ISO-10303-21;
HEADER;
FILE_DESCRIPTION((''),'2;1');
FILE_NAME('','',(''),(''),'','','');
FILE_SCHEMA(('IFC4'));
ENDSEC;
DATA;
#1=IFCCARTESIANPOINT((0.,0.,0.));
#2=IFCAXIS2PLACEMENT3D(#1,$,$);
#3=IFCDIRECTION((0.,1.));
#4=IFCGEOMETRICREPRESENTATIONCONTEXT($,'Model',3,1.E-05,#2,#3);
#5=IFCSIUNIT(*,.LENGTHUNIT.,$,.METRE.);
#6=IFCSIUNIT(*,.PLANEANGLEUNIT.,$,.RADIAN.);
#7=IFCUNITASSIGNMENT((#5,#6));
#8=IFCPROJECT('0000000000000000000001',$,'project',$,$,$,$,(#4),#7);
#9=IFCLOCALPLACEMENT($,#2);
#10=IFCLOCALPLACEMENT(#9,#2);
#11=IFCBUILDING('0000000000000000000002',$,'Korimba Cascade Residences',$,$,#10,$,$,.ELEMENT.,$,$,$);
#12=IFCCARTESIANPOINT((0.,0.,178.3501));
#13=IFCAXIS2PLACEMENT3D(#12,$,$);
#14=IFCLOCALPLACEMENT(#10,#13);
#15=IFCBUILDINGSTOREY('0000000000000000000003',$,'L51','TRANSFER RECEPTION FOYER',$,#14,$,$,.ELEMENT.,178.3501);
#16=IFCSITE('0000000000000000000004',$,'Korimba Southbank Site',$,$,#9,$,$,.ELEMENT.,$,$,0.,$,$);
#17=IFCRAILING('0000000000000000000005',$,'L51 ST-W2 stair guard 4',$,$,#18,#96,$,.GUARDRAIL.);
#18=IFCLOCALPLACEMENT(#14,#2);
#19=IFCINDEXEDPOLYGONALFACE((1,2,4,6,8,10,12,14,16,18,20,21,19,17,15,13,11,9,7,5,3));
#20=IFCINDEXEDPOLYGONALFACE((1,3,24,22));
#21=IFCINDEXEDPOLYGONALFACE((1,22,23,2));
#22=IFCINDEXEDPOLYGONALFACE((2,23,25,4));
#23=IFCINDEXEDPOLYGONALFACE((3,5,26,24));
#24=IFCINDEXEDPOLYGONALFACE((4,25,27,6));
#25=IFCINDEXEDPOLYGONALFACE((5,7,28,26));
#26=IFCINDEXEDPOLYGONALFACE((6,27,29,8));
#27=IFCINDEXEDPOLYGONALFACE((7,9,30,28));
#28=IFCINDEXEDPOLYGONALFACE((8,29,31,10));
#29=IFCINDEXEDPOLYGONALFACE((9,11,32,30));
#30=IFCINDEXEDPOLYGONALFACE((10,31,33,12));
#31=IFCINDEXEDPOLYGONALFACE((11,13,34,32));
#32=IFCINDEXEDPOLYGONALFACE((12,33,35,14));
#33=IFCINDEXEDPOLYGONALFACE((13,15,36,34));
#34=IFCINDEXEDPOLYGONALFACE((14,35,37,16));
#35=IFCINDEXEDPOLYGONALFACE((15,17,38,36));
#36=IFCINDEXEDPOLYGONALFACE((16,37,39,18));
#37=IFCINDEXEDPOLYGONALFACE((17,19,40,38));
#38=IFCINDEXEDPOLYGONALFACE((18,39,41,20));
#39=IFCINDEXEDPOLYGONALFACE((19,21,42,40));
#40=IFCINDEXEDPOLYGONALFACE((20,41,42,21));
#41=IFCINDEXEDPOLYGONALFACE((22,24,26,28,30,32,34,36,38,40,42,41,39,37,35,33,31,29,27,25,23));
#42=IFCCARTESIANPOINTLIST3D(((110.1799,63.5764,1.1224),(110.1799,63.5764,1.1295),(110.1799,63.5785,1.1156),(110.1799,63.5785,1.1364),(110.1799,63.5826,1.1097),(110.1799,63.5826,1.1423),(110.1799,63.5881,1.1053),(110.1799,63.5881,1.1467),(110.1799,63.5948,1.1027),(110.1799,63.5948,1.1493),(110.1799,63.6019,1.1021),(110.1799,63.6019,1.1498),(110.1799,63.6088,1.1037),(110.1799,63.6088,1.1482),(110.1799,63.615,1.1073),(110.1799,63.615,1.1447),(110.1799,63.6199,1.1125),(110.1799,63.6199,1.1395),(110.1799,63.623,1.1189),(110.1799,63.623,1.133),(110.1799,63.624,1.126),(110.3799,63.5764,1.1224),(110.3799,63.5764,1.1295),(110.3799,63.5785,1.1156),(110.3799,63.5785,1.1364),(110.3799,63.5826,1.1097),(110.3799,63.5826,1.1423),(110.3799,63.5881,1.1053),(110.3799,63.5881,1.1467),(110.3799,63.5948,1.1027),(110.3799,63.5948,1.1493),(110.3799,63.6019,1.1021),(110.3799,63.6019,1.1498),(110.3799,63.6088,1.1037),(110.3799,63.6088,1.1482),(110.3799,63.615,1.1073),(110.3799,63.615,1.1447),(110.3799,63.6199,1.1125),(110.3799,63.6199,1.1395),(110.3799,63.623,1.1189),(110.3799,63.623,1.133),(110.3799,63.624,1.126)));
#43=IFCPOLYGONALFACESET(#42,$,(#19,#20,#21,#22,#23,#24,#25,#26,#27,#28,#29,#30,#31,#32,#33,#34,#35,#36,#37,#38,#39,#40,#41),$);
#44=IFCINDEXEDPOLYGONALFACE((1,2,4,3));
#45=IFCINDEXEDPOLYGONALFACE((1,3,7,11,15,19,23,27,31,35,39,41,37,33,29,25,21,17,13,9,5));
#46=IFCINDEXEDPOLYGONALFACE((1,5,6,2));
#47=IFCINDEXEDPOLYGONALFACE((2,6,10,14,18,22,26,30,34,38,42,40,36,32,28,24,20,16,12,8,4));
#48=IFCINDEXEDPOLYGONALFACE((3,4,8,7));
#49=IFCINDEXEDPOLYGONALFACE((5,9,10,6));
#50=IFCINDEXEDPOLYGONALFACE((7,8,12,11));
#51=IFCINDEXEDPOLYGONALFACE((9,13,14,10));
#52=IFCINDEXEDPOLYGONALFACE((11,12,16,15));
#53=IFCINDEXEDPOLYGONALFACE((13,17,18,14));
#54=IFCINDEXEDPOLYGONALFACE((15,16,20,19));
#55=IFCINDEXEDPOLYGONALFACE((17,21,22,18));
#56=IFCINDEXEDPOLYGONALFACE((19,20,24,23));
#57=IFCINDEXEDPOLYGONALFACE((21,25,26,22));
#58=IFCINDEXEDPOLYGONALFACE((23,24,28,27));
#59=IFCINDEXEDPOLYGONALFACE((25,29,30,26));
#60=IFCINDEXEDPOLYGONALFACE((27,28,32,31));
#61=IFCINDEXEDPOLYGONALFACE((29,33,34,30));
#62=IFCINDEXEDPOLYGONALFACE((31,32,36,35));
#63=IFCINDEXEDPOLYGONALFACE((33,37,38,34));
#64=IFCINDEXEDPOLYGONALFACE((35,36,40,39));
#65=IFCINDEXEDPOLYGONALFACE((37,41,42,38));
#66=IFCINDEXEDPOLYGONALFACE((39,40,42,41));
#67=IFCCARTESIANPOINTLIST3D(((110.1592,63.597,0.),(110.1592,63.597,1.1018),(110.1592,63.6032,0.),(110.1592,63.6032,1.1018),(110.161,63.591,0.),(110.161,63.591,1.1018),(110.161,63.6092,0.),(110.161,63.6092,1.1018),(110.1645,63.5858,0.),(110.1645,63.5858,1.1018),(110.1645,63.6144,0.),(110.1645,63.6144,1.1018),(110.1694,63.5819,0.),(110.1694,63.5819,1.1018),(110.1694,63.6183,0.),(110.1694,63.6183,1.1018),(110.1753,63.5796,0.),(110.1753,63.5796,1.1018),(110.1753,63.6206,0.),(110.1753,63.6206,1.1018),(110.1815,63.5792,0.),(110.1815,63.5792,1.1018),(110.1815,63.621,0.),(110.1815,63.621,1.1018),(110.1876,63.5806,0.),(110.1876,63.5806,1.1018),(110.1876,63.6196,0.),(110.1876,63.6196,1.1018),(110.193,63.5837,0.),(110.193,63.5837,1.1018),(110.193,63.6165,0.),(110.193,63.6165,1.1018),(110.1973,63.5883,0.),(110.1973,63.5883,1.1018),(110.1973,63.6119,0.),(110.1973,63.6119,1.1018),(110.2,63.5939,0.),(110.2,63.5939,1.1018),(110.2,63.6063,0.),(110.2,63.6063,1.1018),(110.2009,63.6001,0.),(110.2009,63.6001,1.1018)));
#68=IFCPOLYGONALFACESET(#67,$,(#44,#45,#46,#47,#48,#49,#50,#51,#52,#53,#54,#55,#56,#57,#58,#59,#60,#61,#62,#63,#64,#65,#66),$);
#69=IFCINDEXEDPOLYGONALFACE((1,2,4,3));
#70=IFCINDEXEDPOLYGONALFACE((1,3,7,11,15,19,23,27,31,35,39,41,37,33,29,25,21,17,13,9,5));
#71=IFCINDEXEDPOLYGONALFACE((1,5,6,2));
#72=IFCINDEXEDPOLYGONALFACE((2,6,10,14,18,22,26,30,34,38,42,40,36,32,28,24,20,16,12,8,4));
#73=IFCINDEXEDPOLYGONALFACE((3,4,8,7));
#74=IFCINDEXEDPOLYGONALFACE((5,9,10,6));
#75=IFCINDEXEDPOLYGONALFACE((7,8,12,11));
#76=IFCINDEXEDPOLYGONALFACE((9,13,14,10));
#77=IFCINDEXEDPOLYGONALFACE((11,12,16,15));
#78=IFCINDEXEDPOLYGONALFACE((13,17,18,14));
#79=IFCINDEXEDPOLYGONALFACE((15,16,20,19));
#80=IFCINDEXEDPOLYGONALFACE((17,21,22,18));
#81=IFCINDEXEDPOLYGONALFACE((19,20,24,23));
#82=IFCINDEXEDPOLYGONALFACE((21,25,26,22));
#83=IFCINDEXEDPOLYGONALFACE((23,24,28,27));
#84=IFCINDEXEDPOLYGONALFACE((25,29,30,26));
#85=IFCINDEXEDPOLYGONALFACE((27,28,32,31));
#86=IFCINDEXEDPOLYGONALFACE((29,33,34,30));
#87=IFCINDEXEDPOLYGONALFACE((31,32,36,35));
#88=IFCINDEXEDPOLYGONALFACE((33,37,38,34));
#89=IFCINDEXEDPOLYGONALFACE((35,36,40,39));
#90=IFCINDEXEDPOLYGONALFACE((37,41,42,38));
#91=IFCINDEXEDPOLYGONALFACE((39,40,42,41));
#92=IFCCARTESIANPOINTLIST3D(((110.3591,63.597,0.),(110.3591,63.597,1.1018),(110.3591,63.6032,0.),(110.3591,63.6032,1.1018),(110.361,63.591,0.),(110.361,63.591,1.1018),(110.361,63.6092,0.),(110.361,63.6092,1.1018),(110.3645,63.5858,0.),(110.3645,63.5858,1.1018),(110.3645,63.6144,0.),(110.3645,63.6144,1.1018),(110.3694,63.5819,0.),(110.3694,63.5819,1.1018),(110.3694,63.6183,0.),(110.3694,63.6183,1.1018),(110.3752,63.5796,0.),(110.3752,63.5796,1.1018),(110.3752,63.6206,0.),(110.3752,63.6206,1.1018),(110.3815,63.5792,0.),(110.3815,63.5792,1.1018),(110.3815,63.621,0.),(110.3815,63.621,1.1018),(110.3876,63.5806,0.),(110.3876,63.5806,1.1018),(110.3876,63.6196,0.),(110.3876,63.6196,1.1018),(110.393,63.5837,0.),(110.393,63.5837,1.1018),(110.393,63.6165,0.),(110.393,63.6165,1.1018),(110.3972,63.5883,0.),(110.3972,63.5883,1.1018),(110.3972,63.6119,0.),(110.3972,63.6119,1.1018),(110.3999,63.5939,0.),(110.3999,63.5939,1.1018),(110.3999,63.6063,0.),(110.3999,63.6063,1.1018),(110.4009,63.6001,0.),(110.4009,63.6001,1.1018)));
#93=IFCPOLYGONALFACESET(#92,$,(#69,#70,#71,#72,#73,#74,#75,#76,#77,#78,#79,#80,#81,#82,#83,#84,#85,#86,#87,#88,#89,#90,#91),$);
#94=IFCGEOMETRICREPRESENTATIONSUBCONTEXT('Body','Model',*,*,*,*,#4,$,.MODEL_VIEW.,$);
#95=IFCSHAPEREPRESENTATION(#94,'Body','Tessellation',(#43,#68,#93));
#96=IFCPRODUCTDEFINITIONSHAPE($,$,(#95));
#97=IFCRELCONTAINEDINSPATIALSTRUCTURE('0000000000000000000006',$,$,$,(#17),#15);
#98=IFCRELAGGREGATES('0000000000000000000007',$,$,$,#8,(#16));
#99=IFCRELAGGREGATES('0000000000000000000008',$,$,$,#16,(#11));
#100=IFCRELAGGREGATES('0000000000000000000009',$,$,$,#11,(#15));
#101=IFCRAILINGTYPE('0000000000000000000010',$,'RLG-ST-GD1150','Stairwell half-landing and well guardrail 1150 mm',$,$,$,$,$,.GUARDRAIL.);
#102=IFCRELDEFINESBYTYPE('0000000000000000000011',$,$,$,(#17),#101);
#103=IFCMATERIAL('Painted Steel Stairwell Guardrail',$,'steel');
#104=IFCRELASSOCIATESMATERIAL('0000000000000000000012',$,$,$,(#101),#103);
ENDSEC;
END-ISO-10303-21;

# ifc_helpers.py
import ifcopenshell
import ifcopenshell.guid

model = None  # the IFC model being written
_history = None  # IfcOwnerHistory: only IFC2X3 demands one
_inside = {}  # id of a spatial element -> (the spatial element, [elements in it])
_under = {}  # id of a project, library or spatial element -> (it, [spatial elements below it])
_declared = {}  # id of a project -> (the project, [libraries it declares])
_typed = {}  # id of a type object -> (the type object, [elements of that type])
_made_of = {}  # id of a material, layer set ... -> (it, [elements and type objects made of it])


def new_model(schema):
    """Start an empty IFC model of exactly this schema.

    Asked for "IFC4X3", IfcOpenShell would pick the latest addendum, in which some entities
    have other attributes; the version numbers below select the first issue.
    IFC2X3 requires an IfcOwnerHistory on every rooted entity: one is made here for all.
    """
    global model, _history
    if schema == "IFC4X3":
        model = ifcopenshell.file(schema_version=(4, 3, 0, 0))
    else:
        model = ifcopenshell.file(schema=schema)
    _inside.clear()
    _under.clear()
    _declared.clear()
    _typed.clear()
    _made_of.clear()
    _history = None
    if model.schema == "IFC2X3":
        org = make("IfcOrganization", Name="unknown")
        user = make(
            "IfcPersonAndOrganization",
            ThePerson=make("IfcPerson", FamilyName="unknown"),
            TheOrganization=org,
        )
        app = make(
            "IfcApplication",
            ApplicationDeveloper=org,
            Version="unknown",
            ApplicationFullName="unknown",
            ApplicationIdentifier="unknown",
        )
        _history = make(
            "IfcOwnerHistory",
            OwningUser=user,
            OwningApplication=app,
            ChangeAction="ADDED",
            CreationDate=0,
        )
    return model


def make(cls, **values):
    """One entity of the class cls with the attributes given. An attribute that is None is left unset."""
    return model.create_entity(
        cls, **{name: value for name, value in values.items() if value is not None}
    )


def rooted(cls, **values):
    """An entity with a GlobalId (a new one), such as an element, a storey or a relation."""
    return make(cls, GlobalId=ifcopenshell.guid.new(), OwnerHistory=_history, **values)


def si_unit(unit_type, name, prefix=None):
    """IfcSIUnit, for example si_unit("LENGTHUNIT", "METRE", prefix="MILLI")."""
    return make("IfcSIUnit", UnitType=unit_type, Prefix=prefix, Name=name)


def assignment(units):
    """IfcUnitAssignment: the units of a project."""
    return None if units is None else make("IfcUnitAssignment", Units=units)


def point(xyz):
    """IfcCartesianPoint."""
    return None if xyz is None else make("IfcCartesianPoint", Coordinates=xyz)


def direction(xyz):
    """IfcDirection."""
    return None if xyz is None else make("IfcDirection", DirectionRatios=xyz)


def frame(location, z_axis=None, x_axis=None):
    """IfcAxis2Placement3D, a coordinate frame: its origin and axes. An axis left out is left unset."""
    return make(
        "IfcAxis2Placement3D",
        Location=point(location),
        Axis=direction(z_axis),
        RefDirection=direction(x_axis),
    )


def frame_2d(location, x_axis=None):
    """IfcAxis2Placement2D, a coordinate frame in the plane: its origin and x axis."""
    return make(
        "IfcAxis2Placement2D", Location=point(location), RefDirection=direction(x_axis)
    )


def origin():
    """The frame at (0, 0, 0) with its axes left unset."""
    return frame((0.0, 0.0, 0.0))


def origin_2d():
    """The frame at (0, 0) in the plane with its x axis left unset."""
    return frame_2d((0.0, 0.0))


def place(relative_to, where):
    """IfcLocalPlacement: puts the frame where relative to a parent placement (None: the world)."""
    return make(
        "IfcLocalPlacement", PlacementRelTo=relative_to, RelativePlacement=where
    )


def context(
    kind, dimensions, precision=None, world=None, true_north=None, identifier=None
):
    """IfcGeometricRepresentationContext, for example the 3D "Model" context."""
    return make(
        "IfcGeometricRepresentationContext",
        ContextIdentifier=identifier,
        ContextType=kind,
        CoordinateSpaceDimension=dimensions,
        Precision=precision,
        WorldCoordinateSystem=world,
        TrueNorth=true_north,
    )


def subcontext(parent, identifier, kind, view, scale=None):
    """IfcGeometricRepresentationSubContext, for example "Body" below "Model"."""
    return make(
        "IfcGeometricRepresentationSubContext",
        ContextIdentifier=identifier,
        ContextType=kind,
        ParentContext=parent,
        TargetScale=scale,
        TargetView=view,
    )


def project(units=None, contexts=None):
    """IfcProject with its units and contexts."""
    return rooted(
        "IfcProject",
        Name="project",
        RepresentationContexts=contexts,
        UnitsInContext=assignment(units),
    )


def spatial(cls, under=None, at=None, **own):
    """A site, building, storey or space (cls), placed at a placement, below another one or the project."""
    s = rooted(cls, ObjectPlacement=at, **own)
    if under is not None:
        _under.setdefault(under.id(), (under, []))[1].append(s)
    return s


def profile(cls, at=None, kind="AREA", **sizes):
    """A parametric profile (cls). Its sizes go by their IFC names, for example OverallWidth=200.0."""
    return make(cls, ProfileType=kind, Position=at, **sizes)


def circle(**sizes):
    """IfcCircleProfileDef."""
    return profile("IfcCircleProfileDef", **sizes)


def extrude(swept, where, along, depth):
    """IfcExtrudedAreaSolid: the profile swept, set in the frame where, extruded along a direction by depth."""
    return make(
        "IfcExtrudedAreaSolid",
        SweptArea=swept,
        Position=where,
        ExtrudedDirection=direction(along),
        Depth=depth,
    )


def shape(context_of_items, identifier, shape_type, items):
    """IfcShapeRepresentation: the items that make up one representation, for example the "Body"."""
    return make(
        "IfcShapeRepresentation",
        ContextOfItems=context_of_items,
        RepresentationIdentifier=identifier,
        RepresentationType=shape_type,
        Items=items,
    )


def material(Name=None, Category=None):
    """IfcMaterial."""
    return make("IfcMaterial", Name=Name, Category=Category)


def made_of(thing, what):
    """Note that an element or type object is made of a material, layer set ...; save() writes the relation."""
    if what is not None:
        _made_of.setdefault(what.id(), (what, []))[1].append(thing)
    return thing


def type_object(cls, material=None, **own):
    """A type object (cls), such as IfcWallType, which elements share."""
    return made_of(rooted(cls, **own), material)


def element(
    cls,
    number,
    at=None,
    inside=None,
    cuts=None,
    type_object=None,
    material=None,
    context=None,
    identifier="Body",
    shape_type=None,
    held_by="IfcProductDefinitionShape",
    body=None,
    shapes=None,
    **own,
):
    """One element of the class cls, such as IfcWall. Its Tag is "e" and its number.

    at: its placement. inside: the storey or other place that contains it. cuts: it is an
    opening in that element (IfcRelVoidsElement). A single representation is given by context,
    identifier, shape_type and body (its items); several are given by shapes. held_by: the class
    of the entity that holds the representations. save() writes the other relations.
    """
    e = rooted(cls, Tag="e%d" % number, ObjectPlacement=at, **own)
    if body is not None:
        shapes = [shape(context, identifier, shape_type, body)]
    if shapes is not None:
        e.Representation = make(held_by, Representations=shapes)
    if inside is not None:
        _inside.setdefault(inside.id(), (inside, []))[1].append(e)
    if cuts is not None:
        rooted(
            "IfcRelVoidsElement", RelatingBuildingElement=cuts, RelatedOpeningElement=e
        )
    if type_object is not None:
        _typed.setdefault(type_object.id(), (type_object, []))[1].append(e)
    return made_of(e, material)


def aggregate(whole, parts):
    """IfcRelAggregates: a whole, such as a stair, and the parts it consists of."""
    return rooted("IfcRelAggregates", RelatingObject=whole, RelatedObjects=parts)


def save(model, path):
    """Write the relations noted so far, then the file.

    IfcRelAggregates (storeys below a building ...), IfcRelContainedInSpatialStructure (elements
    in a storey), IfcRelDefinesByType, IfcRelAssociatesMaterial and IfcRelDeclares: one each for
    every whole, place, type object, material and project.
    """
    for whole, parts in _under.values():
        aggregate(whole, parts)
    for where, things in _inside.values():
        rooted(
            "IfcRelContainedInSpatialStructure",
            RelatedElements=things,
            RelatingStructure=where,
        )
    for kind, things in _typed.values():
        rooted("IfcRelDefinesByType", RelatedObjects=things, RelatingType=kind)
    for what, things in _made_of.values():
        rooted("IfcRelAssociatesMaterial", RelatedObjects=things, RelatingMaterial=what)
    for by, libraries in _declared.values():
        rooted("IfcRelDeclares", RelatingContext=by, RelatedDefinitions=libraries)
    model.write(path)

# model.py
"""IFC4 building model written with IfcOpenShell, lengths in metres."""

from ifc_helpers import new_model, si_unit, direction, frame, origin, origin_2d, place, context, subcontext, project, spatial, circle, extrude, material, type_object, element, save


model = new_model("IFC4")

# Units and contexts
model_context = context("Model", 3, precision=1e-05, world=origin(), true_north=direction((0.0, 1.0)))
body_context = subcontext(model_context, "Body", "Model", "MODEL_VIEW")
ifc_project = project(units=[si_unit("LENGTHUNIT", "METRE"), si_unit("PLANEANGLEUNIT", "RADIAN")], contexts=[model_context])

# Site, building, storey
site_placement = place(None, origin())
site = spatial("IfcSite", under=ifc_project, at=site_placement, Name="Korimba Southbank Site", CompositionType="ELEMENT", RefElevation=0.0)
building_placement = place(site_placement, origin())
building = spatial("IfcBuilding", under=site, at=building_placement, Name="Korimba Cascade Residences", CompositionType="ELEMENT")
storey_placement = place(building_placement, frame((0.0, 0.0, 178.3501)))
storey = spatial("IfcBuildingStorey", under=building, at=storey_placement, Name="L51", Description="TRANSFER RECEPTION FOYER", CompositionType="ELEMENT", Elevation=178.3501)

# Railing
ifc_material_1 = material(Name="Painted Steel Stairwell Guardrail", Category="steel")
railing_type_1 = type_object("IfcRailingType", Name="RLG-ST-GD1150", Description="Stairwell half-landing and well guardrail 1150 mm", PredefinedType="GUARDRAIL", material=ifc_material_1)
railing_1_placement = place(storey_placement, frame((110.1799, 63.6001, 0.0)))
element("IfcRailing", 1, at=railing_1_placement, inside=storey, type_object=railing_type_1, Name="L51 ST-W2 stair guard 4", PredefinedType="GUARDRAIL", context=body_context, shape_type="SweptSolid", body=[
    extrude(circle(Radius=0.0239, at=origin_2d()), frame((0.0, 0.0, 1.126), z_axis=(1.0, 0.0, 0.0), x_axis=(0.0, 1.0, 0.0)), (0.0, 0.0, 1.0), 0.2),
    extrude(circle(Radius=0.021, at=origin_2d()), origin(), (0.0, 0.0, 1.0), 1.1018),
    extrude(circle(Radius=0.021, at=origin_2d()), frame((0.2, 0.0, 0.0)), (0.0, 0.0, 1.0), 1.1018),
])

save(model, "model.ifc")
